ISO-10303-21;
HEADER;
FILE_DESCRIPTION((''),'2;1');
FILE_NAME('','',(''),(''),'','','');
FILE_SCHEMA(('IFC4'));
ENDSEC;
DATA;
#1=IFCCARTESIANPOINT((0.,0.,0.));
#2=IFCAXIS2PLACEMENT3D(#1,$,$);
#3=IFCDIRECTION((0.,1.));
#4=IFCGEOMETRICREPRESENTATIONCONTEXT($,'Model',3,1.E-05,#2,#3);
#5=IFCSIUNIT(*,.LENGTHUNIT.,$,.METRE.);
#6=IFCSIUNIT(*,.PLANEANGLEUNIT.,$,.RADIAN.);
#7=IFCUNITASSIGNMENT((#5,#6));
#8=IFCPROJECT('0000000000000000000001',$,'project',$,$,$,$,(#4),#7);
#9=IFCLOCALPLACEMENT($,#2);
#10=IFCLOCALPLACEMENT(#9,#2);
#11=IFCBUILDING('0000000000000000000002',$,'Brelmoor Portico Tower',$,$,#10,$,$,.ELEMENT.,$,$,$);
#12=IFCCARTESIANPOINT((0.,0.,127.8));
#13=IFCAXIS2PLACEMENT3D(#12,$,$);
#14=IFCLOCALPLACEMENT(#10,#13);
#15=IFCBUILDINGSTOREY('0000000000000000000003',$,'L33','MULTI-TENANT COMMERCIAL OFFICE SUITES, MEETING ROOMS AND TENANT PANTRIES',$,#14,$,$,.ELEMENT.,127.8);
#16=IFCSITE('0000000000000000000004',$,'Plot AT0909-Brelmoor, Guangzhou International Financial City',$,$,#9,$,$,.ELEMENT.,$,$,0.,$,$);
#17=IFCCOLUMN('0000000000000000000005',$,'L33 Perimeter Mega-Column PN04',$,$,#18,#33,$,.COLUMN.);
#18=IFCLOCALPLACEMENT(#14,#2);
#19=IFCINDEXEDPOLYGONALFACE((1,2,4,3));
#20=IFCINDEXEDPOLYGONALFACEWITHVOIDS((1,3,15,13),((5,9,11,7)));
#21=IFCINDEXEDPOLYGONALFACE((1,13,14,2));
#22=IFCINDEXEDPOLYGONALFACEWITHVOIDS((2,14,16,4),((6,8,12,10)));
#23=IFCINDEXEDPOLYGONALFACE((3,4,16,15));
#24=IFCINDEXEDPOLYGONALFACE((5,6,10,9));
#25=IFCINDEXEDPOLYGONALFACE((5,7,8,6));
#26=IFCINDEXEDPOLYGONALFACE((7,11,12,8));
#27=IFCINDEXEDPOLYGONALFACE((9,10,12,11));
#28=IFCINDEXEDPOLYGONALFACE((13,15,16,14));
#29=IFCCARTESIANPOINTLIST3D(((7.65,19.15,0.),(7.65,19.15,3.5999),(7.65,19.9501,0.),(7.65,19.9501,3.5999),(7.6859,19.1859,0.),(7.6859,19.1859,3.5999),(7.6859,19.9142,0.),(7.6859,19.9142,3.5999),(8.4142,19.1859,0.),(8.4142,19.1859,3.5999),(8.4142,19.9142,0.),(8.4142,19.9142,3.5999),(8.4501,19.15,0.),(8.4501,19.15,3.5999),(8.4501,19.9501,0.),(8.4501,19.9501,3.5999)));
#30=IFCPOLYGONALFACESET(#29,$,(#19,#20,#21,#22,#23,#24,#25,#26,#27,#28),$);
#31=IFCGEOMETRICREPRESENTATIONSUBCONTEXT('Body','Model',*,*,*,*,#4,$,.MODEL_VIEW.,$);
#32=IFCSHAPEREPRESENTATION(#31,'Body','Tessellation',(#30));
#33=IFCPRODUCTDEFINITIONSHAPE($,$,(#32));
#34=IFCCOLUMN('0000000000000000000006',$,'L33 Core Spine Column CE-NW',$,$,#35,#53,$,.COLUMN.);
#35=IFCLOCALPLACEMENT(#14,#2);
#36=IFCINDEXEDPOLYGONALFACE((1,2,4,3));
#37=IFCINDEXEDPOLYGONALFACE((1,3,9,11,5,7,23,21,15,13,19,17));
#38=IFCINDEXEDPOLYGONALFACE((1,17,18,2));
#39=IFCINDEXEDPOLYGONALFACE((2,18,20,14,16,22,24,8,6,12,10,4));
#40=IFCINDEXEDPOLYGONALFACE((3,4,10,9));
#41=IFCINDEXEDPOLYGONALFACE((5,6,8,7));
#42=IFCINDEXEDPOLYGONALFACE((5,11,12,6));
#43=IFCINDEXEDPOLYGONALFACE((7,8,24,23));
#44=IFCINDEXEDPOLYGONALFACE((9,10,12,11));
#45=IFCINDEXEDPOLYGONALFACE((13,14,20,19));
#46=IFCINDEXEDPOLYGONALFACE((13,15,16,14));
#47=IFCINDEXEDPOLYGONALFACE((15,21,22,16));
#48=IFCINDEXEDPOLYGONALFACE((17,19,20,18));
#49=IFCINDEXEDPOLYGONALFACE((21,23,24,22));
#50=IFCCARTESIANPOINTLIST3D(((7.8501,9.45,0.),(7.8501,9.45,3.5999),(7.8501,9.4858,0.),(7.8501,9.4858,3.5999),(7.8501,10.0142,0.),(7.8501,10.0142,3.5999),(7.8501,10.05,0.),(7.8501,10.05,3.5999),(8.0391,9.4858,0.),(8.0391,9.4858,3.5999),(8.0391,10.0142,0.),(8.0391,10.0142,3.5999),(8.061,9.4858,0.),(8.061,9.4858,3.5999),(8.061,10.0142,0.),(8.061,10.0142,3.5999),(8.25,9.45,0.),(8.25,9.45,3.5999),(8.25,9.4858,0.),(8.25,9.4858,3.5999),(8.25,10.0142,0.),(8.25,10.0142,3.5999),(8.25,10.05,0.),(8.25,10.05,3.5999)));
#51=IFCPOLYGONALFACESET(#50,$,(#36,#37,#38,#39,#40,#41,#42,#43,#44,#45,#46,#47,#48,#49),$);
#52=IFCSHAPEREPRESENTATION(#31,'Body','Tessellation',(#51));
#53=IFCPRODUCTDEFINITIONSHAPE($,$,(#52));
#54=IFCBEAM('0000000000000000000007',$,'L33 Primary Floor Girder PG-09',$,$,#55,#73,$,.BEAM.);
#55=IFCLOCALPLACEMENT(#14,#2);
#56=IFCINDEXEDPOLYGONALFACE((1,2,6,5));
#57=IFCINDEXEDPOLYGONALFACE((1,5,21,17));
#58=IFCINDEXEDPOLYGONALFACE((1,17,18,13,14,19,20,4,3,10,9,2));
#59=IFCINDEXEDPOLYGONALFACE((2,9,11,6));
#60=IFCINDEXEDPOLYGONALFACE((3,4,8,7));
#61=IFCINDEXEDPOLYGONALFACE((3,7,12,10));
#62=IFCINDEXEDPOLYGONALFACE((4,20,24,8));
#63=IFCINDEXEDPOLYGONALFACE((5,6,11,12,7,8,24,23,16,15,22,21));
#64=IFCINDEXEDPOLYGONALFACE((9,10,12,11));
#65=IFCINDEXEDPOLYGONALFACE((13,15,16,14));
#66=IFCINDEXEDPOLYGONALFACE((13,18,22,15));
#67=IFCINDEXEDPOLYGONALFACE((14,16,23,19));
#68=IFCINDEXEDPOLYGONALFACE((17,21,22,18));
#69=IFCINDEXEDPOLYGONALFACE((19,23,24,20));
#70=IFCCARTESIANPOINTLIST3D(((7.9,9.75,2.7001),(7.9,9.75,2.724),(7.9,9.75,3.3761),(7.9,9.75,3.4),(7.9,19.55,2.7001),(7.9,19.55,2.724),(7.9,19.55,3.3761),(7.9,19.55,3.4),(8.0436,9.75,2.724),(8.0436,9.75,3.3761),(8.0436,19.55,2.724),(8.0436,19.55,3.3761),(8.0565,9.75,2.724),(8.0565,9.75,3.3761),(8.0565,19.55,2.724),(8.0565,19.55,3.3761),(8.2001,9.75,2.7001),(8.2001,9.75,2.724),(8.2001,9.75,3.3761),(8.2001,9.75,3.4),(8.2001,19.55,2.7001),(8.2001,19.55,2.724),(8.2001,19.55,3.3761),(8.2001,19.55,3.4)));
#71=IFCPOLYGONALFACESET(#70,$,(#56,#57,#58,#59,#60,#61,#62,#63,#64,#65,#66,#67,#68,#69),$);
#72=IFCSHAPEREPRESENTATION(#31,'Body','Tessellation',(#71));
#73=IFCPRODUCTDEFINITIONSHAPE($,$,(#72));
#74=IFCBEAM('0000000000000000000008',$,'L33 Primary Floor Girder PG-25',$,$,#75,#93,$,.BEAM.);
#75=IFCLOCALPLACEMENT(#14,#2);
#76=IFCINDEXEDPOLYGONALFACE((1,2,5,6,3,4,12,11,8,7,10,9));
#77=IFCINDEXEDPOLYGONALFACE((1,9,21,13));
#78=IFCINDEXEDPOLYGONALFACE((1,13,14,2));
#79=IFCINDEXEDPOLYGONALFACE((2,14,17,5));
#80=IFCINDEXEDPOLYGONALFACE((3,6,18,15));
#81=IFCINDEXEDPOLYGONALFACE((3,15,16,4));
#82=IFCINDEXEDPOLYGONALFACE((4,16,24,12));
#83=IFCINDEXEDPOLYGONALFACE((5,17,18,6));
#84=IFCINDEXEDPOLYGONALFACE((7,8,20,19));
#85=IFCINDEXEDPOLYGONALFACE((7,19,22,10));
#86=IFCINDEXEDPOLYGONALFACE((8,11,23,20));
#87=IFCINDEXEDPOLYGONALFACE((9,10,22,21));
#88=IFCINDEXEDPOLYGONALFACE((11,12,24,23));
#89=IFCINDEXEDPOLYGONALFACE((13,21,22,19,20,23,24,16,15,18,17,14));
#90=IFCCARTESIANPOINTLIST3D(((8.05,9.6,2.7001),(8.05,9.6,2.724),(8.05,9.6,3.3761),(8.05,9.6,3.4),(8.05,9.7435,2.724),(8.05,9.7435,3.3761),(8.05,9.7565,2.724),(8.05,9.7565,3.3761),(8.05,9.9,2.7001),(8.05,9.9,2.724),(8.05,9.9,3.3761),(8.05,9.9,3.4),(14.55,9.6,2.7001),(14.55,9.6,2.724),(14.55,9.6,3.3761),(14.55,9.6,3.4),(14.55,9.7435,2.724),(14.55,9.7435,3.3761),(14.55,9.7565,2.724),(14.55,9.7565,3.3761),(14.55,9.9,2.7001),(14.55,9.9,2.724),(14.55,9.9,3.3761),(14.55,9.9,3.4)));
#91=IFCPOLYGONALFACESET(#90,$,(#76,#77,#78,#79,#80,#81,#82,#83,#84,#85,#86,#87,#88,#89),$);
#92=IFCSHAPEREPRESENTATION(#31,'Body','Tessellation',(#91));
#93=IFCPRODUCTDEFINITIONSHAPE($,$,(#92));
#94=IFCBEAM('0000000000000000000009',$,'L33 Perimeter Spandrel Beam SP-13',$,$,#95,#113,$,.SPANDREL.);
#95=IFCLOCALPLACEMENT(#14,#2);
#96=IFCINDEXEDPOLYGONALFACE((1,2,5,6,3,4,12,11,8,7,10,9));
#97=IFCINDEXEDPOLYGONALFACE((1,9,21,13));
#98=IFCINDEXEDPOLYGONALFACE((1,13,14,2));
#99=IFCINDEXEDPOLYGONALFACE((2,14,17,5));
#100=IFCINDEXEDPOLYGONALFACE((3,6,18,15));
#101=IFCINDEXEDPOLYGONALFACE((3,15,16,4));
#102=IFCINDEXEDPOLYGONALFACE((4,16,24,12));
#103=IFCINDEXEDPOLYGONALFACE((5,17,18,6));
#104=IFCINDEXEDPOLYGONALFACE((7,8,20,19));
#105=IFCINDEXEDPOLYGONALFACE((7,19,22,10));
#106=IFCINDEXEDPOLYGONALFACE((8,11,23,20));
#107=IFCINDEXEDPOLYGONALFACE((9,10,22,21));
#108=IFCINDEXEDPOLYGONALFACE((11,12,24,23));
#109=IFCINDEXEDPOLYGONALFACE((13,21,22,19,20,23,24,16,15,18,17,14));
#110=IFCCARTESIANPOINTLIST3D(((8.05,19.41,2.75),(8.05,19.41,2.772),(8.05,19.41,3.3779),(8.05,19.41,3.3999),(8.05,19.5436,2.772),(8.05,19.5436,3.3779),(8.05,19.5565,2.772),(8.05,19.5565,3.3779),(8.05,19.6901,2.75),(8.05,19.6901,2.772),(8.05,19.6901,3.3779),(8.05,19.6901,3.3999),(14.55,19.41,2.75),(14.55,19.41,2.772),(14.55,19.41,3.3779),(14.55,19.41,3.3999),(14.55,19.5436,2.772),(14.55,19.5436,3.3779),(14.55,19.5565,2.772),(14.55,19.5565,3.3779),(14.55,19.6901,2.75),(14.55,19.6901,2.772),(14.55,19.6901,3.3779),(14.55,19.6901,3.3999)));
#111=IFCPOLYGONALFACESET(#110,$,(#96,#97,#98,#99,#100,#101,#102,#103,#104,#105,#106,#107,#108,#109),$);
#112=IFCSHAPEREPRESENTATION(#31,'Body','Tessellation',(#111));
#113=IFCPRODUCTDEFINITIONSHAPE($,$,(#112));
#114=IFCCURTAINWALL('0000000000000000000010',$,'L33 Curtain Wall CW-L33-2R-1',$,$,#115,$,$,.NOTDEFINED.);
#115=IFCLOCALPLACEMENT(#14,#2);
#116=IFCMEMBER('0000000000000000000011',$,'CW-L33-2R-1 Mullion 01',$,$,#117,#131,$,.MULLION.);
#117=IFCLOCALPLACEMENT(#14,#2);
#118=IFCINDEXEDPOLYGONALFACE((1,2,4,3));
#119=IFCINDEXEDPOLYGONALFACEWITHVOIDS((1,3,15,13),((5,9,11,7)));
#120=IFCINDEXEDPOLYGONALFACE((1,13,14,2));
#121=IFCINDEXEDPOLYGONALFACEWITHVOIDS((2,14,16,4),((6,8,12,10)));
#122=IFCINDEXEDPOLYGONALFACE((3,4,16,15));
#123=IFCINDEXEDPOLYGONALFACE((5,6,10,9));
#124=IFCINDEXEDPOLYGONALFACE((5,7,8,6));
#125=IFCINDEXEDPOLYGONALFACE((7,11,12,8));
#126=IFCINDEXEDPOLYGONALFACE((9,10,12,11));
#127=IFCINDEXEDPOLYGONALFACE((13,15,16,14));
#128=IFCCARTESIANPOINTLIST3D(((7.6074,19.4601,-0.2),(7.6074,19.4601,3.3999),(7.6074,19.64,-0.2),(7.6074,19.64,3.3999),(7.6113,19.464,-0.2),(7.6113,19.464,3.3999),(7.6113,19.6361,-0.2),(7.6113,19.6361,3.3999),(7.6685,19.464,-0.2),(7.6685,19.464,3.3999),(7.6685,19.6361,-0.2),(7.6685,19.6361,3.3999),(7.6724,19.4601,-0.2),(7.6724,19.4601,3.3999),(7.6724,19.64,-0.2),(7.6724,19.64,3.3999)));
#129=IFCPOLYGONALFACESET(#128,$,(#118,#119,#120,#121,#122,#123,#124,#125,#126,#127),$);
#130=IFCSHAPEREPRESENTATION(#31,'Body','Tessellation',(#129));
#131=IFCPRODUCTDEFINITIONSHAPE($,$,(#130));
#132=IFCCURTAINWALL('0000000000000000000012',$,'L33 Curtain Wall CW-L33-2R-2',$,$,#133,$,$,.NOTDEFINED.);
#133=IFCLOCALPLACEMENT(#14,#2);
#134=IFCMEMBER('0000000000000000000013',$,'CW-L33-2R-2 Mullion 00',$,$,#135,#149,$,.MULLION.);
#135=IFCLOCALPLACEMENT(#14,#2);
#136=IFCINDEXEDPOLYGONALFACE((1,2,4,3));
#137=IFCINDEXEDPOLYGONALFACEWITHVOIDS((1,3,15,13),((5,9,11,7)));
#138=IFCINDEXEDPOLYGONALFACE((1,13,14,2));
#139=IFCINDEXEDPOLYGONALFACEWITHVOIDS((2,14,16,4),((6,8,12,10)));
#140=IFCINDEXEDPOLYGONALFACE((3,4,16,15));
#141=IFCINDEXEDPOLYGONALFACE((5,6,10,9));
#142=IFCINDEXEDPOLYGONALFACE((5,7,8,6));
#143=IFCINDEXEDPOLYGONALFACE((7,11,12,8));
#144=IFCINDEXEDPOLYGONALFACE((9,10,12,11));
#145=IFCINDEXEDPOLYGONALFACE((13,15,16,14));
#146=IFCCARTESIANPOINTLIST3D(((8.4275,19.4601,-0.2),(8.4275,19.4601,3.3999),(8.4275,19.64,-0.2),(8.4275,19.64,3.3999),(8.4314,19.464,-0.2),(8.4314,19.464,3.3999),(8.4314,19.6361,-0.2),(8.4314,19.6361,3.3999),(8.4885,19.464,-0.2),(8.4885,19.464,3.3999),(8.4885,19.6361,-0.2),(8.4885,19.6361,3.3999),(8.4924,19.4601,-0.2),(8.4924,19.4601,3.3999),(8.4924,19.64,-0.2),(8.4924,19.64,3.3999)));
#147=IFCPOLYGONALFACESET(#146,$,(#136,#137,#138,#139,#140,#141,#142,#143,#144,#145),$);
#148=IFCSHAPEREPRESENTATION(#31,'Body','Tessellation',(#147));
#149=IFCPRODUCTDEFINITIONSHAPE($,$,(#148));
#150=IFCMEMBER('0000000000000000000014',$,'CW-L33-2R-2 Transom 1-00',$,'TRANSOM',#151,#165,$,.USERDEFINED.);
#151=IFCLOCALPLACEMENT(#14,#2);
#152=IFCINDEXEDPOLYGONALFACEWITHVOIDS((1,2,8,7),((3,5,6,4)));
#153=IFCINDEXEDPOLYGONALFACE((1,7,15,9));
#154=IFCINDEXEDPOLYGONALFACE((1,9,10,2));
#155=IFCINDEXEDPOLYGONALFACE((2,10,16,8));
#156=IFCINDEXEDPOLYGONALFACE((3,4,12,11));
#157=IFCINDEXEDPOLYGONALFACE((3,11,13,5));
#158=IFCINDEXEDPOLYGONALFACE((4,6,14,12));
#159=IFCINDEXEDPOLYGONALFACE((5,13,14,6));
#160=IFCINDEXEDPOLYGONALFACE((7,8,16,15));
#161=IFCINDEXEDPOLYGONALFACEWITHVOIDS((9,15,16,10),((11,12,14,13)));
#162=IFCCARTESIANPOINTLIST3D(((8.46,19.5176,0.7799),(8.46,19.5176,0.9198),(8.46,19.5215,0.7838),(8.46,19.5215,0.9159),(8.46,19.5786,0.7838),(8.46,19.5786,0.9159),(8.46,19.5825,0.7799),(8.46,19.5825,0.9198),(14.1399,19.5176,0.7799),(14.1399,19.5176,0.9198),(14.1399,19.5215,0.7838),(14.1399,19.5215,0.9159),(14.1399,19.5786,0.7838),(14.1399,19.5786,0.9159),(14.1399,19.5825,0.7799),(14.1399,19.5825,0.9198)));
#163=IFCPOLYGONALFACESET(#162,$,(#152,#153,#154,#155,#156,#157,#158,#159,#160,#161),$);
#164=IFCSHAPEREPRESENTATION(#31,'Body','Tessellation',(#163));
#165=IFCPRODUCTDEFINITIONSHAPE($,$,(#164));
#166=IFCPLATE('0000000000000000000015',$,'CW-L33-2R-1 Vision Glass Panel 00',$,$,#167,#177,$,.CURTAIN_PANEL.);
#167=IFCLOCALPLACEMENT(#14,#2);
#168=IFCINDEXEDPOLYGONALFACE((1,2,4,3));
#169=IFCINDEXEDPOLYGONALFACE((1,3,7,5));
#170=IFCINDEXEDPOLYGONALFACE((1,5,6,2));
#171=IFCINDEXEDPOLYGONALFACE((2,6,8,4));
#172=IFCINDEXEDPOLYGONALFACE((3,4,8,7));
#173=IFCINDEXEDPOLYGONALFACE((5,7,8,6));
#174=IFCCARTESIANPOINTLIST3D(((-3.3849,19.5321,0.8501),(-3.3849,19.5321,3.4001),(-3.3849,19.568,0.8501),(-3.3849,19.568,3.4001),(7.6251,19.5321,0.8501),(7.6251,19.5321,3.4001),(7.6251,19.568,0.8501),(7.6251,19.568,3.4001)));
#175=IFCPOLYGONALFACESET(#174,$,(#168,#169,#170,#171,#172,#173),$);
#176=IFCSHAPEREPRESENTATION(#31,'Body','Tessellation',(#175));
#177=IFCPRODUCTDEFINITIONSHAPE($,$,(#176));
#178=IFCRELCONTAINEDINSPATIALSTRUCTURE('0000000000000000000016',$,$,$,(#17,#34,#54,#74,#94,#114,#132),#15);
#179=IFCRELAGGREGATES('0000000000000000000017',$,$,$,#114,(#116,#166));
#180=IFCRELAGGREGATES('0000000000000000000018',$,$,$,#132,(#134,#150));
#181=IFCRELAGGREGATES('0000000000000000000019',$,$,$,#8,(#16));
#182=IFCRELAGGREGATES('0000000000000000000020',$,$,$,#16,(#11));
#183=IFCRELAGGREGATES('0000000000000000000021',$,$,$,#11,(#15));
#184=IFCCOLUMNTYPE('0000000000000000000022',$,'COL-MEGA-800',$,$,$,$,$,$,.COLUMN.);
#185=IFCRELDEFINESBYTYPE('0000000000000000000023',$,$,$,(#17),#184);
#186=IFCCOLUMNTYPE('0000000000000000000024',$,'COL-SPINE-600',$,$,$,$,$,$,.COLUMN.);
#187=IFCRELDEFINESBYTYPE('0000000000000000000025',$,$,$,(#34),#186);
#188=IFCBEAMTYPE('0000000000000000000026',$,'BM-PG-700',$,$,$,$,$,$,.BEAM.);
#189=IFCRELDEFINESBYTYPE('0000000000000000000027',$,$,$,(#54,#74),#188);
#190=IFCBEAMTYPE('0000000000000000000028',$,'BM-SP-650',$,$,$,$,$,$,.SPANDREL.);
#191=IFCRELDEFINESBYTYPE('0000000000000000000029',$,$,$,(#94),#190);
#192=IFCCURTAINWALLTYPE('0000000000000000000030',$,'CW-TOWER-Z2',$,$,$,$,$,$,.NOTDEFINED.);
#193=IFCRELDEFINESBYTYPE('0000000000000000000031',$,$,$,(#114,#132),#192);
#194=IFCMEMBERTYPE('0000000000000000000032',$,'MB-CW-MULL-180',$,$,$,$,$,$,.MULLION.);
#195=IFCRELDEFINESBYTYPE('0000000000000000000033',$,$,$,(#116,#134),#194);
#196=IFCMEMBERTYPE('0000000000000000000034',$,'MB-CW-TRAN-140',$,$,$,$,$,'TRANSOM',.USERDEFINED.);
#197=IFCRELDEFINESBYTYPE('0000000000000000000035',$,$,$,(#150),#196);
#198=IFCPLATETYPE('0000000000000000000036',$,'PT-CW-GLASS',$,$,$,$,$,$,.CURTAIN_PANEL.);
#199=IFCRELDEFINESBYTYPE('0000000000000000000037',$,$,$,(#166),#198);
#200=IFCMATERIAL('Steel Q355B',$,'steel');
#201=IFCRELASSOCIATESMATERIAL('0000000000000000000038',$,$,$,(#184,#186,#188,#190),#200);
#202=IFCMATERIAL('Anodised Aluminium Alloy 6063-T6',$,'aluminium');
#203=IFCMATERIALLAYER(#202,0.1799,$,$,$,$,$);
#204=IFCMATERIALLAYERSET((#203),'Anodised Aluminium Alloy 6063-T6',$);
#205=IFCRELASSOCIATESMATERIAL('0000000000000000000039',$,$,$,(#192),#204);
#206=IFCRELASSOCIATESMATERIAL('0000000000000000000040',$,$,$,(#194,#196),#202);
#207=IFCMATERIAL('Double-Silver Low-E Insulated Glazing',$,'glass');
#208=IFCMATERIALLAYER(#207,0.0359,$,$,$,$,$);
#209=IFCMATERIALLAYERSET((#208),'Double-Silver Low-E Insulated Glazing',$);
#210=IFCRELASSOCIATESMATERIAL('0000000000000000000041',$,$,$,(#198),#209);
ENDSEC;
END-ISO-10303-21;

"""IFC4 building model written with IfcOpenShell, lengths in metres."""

from ifc_helpers import new_model, si_unit, direction, frame, origin, origin_2d, place, context, subcontext, project, spatial, rectangle, hollow_rectangle, i_section, extrude, material, layer, layer_set, material_profile, profile_set, type_object, element, aggregate, save


model = new_model("IFC4")

# Units and contexts
model_context = context("Model", 3, precision=1e-05, world=origin(), true_north=direction((0.0, 1.0)))
body_context = subcontext(model_context, "Body", "Model", "MODEL_VIEW")
ifc_project = project(units=[si_unit("LENGTHUNIT", "METRE"), si_unit("PLANEANGLEUNIT", "RADIAN")], contexts=[model_context])

# Site, building, storey
site_placement = place(None, origin())
site = spatial("IfcSite", under=ifc_project, at=site_placement, Name="Plot AT0909-Brelmoor, Guangzhou International Financial City", CompositionType="ELEMENT", RefElevation=0.0)
building_placement = place(site_placement, origin())
building = spatial("IfcBuilding", under=site, at=building_placement, Name="Brelmoor Portico Tower", CompositionType="ELEMENT")
storey_placement = place(building_placement, frame((0.0, 0.0, 127.8)))
storey = spatial("IfcBuildingStorey", under=building, at=storey_placement, Name="L33", Description="MULTI-TENANT COMMERCIAL OFFICE SUITES, MEETING ROOMS AND TENANT PANTRIES", CompositionType="ELEMENT", Elevation=127.8)

# Columns
ifc_material_1 = material(Name="Steel Q355B", Category="steel")
ifc_material_profile_1 = material_profile(ifc_material_1, hollow_rectangle(XDim=0.8, YDim=0.8, WallThickness=0.0359, at=origin_2d()), Name="BOX 800x800x36")
ifc_profile_set_1 = profile_set([ifc_material_profile_1], Name="Steel Q355B")
column_type_1 = type_object("IfcColumnType", Name="COL-MEGA-800", PredefinedType="COLUMN", material=ifc_profile_set_1)
column_1_placement = place(storey_placement, frame((8.05, 19.55, 0.0), z_axis=(0.0, 0.0, 1.0), x_axis=(1.0, 0.0, 0.0)))
element("IfcColumn", 1, at=column_1_placement, inside=storey, type_object=column_type_1, Name="L33 Perimeter Mega-Column PN04", PredefinedType="COLUMN", context=body_context, shape_type="SweptSolid", body=[
    extrude(hollow_rectangle(XDim=0.8, YDim=0.8, WallThickness=0.0359, at=origin_2d()), origin(), (0.0, 0.0, 1.0), 3.5999),
])
ifc_material_profile_2 = material_profile(ifc_material_1, i_section(OverallWidth=0.3999, OverallDepth=0.6001, WebThickness=0.022, FlangeThickness=0.0359, at=origin_2d()), Name="HW 600x400x22x36")
ifc_profile_set_2 = profile_set([ifc_material_profile_2], Name="Steel Q355B")
column_type_2 = type_object("IfcColumnType", Name="COL-SPINE-600", PredefinedType="COLUMN", material=ifc_profile_set_2)
column_2_placement = place(storey_placement, frame((8.05, 9.75, 0.0), z_axis=(0.0, 0.0, 1.0), x_axis=(1.0, 0.0, 0.0)))
element("IfcColumn", 2, at=column_2_placement, inside=storey, type_object=column_type_2, Name="L33 Core Spine Column CE-NW", PredefinedType="COLUMN", context=body_context, shape_type="SweptSolid", body=[
    extrude(i_section(OverallWidth=0.3999, OverallDepth=0.6001, WebThickness=0.022, FlangeThickness=0.0359, at=origin_2d()), origin(), (0.0, 0.0, 1.0), 3.5999),
])

# Beams
ifc_material_profile_3 = material_profile(ifc_material_1, i_section(OverallWidth=0.3, OverallDepth=0.7, WebThickness=0.0129, FlangeThickness=0.0239, at=origin_2d()), Name="HN 700x300x13x24")
ifc_profile_set_3 = profile_set([ifc_material_profile_3], Name="Steel Q355B")
beam_type_1 = type_object("IfcBeamType", Name="BM-PG-700", PredefinedType="BEAM", material=ifc_profile_set_3)
beam_1_placement = place(storey_placement, frame((8.05, 9.75, 3.05), z_axis=(0.0, 1.0, 0.0), x_axis=(-1.0, 0.0, 0.0)))
element("IfcBeam", 3, at=beam_1_placement, inside=storey, type_object=beam_type_1, Name="L33 Primary Floor Girder PG-09", PredefinedType="BEAM", context=body_context, shape_type="SweptSolid", body=[
    extrude(i_section(OverallWidth=0.3, OverallDepth=0.7, WebThickness=0.0129, FlangeThickness=0.0239, at=origin_2d()), origin(), (0.0, 0.0, 1.0), 9.8),
])
beam_2_placement = place(storey_placement, frame((8.05, 9.75, 3.05), z_axis=(1.0, 0.0, 0.0), x_axis=(0.0, 1.0, 0.0)))
element("IfcBeam", 4, at=beam_2_placement, inside=storey, type_object=beam_type_1, Name="L33 Primary Floor Girder PG-25", PredefinedType="BEAM", context=body_context, shape_type="SweptSolid", body=[
    extrude(i_section(OverallWidth=0.3, OverallDepth=0.7, WebThickness=0.0129, FlangeThickness=0.0239, at=origin_2d()), origin(), (0.0, 0.0, 1.0), 6.5),
])
ifc_material_profile_4 = material_profile(ifc_material_1, i_section(OverallWidth=0.28, OverallDepth=0.6499, WebThickness=0.0129, FlangeThickness=0.022, at=origin_2d()), Name="HN 650x280x13x22")
ifc_profile_set_4 = profile_set([ifc_material_profile_4], Name="Steel Q355B")
beam_type_2 = type_object("IfcBeamType", Name="BM-SP-650", PredefinedType="SPANDREL", material=ifc_profile_set_4)
beam_3_placement = place(storey_placement, frame((8.05, 19.55, 3.075), z_axis=(1.0, 0.0, 0.0), x_axis=(0.0, 1.0, 0.0)))
element("IfcBeam", 5, at=beam_3_placement, inside=storey, type_object=beam_type_2, Name="L33 Perimeter Spandrel Beam SP-13", PredefinedType="SPANDREL", context=body_context, shape_type="SweptSolid", body=[
    extrude(i_section(OverallWidth=0.28, OverallDepth=0.6499, WebThickness=0.0129, FlangeThickness=0.022, at=origin_2d()), origin(), (0.0, 0.0, 1.0), 6.5),
])

# Curtain wall, member
ifc_material_2 = material(Name="Anodised Aluminium Alloy 6063-T6", Category="aluminium")
ifc_layer_1 = layer(ifc_material_2, 0.1799)
ifc_layer_set_1 = layer_set([ifc_layer_1], Name="Anodised Aluminium Alloy 6063-T6")
curtain_wall_type = type_object("IfcCurtainWallType", Name="CW-TOWER-Z2", PredefinedType="NOTDEFINED", material=ifc_layer_set_1)
curtain_wall_1_placement = place(storey_placement, origin())
curtain_wall_1 = element("IfcCurtainWall", 6, at=curtain_wall_1_placement, inside=storey, type_object=curtain_wall_type, Name="L33 Curtain Wall CW-L33-2R-1", PredefinedType="NOTDEFINED")
ifc_material_profile_5 = material_profile(ifc_material_2, hollow_rectangle(XDim=0.0649, YDim=0.1799, WallThickness=0.0039, at=origin_2d()), Name="ALU MULLION 65x180")
ifc_profile_set_5 = profile_set([ifc_material_profile_5], Name="Anodised Aluminium Alloy 6063-T6")
member_type_1 = type_object("IfcMemberType", Name="MB-CW-MULL-180", PredefinedType="MULLION", material=ifc_profile_set_5)
member_1_placement = place(storey_placement, frame((7.6399, 19.55, -0.2), z_axis=(0.0, 0.0, 1.0), x_axis=(1.0, 0.0, 0.0)))
member_1 = element("IfcMember", 7, at=member_1_placement, type_object=member_type_1, Name="CW-L33-2R-1 Mullion 01", PredefinedType="MULLION", context=body_context, shape_type="SweptSolid", body=[
    extrude(hollow_rectangle(XDim=0.0649, YDim=0.1799, WallThickness=0.0039, at=origin_2d()), origin(), (0.0, 0.0, 1.0), 3.5999),
])

# Curtain wall, members
curtain_wall_2_placement = place(storey_placement, origin())
curtain_wall_2 = element("IfcCurtainWall", 8, at=curtain_wall_2_placement, inside=storey, type_object=curtain_wall_type, Name="L33 Curtain Wall CW-L33-2R-2", PredefinedType="NOTDEFINED")
member_2_placement = place(storey_placement, frame((8.46, 19.55, -0.2), z_axis=(0.0, 0.0, 1.0), x_axis=(1.0, 0.0, 0.0)))
member_2 = element("IfcMember", 9, at=member_2_placement, type_object=member_type_1, Name="CW-L33-2R-2 Mullion 00", PredefinedType="MULLION", context=body_context, shape_type="SweptSolid", body=[
    extrude(hollow_rectangle(XDim=0.0649, YDim=0.1799, WallThickness=0.0039, at=origin_2d()), origin(), (0.0, 0.0, 1.0), 3.5999),
])
ifc_material_profile_6 = material_profile(ifc_material_2, hollow_rectangle(XDim=0.0649, YDim=0.1399, WallThickness=0.0039, at=origin_2d()), Name="ALU TRANSOM 65x140")
ifc_profile_set_6 = profile_set([ifc_material_profile_6], Name="Anodised Aluminium Alloy 6063-T6")
member_type_2 = type_object("IfcMemberType", Name="MB-CW-TRAN-140", ElementType="TRANSOM", PredefinedType="USERDEFINED", material=ifc_profile_set_6)
member_3_placement = place(storey_placement, frame((8.46, 19.55, 0.8499), z_axis=(1.0, 0.0, 0.0), x_axis=(0.0, 1.0, 0.0)))
member_3 = element("IfcMember", 10, at=member_3_placement, type_object=member_type_2, Name="CW-L33-2R-2 Transom 1-00", ObjectType="TRANSOM", PredefinedType="USERDEFINED", context=body_context, shape_type="SweptSolid", body=[
    extrude(hollow_rectangle(XDim=0.0649, YDim=0.1399, WallThickness=0.0039, at=origin_2d()), origin(), (0.0, 0.0, 1.0), 5.6799),
])

# Plate
ifc_material_3 = material(Name="Double-Silver Low-E Insulated Glazing", Category="glass")
ifc_layer_2 = layer(ifc_material_3, 0.0359)
ifc_layer_set_2 = layer_set([ifc_layer_2], Name="Double-Silver Low-E Insulated Glazing")
plate_type_1 = type_object("IfcPlateType", Name="PT-CW-GLASS", PredefinedType="CURTAIN_PANEL", material=ifc_layer_set_2)
plate_1_placement = place(storey_placement, frame((2.1201, 19.55, 0.8501), z_axis=(0.0, 0.0, 1.0), x_axis=(1.0, 0.0, 0.0)))
plate_1 = element("IfcPlate", 11, at=plate_1_placement, type_object=plate_type_1, Name="CW-L33-2R-1 Vision Glass Panel 00", PredefinedType="CURTAIN_PANEL", context=body_context, shape_type="SweptSolid", body=[
    extrude(rectangle(XDim=11.01, YDim=0.0359, at=origin_2d()), origin(), (0.0, 0.0, 1.0), 2.55),
])
aggregate(curtain_wall_1, [member_1, plate_1])
aggregate(curtain_wall_2, [member_2, member_3])

save(model, "model.ifc")
